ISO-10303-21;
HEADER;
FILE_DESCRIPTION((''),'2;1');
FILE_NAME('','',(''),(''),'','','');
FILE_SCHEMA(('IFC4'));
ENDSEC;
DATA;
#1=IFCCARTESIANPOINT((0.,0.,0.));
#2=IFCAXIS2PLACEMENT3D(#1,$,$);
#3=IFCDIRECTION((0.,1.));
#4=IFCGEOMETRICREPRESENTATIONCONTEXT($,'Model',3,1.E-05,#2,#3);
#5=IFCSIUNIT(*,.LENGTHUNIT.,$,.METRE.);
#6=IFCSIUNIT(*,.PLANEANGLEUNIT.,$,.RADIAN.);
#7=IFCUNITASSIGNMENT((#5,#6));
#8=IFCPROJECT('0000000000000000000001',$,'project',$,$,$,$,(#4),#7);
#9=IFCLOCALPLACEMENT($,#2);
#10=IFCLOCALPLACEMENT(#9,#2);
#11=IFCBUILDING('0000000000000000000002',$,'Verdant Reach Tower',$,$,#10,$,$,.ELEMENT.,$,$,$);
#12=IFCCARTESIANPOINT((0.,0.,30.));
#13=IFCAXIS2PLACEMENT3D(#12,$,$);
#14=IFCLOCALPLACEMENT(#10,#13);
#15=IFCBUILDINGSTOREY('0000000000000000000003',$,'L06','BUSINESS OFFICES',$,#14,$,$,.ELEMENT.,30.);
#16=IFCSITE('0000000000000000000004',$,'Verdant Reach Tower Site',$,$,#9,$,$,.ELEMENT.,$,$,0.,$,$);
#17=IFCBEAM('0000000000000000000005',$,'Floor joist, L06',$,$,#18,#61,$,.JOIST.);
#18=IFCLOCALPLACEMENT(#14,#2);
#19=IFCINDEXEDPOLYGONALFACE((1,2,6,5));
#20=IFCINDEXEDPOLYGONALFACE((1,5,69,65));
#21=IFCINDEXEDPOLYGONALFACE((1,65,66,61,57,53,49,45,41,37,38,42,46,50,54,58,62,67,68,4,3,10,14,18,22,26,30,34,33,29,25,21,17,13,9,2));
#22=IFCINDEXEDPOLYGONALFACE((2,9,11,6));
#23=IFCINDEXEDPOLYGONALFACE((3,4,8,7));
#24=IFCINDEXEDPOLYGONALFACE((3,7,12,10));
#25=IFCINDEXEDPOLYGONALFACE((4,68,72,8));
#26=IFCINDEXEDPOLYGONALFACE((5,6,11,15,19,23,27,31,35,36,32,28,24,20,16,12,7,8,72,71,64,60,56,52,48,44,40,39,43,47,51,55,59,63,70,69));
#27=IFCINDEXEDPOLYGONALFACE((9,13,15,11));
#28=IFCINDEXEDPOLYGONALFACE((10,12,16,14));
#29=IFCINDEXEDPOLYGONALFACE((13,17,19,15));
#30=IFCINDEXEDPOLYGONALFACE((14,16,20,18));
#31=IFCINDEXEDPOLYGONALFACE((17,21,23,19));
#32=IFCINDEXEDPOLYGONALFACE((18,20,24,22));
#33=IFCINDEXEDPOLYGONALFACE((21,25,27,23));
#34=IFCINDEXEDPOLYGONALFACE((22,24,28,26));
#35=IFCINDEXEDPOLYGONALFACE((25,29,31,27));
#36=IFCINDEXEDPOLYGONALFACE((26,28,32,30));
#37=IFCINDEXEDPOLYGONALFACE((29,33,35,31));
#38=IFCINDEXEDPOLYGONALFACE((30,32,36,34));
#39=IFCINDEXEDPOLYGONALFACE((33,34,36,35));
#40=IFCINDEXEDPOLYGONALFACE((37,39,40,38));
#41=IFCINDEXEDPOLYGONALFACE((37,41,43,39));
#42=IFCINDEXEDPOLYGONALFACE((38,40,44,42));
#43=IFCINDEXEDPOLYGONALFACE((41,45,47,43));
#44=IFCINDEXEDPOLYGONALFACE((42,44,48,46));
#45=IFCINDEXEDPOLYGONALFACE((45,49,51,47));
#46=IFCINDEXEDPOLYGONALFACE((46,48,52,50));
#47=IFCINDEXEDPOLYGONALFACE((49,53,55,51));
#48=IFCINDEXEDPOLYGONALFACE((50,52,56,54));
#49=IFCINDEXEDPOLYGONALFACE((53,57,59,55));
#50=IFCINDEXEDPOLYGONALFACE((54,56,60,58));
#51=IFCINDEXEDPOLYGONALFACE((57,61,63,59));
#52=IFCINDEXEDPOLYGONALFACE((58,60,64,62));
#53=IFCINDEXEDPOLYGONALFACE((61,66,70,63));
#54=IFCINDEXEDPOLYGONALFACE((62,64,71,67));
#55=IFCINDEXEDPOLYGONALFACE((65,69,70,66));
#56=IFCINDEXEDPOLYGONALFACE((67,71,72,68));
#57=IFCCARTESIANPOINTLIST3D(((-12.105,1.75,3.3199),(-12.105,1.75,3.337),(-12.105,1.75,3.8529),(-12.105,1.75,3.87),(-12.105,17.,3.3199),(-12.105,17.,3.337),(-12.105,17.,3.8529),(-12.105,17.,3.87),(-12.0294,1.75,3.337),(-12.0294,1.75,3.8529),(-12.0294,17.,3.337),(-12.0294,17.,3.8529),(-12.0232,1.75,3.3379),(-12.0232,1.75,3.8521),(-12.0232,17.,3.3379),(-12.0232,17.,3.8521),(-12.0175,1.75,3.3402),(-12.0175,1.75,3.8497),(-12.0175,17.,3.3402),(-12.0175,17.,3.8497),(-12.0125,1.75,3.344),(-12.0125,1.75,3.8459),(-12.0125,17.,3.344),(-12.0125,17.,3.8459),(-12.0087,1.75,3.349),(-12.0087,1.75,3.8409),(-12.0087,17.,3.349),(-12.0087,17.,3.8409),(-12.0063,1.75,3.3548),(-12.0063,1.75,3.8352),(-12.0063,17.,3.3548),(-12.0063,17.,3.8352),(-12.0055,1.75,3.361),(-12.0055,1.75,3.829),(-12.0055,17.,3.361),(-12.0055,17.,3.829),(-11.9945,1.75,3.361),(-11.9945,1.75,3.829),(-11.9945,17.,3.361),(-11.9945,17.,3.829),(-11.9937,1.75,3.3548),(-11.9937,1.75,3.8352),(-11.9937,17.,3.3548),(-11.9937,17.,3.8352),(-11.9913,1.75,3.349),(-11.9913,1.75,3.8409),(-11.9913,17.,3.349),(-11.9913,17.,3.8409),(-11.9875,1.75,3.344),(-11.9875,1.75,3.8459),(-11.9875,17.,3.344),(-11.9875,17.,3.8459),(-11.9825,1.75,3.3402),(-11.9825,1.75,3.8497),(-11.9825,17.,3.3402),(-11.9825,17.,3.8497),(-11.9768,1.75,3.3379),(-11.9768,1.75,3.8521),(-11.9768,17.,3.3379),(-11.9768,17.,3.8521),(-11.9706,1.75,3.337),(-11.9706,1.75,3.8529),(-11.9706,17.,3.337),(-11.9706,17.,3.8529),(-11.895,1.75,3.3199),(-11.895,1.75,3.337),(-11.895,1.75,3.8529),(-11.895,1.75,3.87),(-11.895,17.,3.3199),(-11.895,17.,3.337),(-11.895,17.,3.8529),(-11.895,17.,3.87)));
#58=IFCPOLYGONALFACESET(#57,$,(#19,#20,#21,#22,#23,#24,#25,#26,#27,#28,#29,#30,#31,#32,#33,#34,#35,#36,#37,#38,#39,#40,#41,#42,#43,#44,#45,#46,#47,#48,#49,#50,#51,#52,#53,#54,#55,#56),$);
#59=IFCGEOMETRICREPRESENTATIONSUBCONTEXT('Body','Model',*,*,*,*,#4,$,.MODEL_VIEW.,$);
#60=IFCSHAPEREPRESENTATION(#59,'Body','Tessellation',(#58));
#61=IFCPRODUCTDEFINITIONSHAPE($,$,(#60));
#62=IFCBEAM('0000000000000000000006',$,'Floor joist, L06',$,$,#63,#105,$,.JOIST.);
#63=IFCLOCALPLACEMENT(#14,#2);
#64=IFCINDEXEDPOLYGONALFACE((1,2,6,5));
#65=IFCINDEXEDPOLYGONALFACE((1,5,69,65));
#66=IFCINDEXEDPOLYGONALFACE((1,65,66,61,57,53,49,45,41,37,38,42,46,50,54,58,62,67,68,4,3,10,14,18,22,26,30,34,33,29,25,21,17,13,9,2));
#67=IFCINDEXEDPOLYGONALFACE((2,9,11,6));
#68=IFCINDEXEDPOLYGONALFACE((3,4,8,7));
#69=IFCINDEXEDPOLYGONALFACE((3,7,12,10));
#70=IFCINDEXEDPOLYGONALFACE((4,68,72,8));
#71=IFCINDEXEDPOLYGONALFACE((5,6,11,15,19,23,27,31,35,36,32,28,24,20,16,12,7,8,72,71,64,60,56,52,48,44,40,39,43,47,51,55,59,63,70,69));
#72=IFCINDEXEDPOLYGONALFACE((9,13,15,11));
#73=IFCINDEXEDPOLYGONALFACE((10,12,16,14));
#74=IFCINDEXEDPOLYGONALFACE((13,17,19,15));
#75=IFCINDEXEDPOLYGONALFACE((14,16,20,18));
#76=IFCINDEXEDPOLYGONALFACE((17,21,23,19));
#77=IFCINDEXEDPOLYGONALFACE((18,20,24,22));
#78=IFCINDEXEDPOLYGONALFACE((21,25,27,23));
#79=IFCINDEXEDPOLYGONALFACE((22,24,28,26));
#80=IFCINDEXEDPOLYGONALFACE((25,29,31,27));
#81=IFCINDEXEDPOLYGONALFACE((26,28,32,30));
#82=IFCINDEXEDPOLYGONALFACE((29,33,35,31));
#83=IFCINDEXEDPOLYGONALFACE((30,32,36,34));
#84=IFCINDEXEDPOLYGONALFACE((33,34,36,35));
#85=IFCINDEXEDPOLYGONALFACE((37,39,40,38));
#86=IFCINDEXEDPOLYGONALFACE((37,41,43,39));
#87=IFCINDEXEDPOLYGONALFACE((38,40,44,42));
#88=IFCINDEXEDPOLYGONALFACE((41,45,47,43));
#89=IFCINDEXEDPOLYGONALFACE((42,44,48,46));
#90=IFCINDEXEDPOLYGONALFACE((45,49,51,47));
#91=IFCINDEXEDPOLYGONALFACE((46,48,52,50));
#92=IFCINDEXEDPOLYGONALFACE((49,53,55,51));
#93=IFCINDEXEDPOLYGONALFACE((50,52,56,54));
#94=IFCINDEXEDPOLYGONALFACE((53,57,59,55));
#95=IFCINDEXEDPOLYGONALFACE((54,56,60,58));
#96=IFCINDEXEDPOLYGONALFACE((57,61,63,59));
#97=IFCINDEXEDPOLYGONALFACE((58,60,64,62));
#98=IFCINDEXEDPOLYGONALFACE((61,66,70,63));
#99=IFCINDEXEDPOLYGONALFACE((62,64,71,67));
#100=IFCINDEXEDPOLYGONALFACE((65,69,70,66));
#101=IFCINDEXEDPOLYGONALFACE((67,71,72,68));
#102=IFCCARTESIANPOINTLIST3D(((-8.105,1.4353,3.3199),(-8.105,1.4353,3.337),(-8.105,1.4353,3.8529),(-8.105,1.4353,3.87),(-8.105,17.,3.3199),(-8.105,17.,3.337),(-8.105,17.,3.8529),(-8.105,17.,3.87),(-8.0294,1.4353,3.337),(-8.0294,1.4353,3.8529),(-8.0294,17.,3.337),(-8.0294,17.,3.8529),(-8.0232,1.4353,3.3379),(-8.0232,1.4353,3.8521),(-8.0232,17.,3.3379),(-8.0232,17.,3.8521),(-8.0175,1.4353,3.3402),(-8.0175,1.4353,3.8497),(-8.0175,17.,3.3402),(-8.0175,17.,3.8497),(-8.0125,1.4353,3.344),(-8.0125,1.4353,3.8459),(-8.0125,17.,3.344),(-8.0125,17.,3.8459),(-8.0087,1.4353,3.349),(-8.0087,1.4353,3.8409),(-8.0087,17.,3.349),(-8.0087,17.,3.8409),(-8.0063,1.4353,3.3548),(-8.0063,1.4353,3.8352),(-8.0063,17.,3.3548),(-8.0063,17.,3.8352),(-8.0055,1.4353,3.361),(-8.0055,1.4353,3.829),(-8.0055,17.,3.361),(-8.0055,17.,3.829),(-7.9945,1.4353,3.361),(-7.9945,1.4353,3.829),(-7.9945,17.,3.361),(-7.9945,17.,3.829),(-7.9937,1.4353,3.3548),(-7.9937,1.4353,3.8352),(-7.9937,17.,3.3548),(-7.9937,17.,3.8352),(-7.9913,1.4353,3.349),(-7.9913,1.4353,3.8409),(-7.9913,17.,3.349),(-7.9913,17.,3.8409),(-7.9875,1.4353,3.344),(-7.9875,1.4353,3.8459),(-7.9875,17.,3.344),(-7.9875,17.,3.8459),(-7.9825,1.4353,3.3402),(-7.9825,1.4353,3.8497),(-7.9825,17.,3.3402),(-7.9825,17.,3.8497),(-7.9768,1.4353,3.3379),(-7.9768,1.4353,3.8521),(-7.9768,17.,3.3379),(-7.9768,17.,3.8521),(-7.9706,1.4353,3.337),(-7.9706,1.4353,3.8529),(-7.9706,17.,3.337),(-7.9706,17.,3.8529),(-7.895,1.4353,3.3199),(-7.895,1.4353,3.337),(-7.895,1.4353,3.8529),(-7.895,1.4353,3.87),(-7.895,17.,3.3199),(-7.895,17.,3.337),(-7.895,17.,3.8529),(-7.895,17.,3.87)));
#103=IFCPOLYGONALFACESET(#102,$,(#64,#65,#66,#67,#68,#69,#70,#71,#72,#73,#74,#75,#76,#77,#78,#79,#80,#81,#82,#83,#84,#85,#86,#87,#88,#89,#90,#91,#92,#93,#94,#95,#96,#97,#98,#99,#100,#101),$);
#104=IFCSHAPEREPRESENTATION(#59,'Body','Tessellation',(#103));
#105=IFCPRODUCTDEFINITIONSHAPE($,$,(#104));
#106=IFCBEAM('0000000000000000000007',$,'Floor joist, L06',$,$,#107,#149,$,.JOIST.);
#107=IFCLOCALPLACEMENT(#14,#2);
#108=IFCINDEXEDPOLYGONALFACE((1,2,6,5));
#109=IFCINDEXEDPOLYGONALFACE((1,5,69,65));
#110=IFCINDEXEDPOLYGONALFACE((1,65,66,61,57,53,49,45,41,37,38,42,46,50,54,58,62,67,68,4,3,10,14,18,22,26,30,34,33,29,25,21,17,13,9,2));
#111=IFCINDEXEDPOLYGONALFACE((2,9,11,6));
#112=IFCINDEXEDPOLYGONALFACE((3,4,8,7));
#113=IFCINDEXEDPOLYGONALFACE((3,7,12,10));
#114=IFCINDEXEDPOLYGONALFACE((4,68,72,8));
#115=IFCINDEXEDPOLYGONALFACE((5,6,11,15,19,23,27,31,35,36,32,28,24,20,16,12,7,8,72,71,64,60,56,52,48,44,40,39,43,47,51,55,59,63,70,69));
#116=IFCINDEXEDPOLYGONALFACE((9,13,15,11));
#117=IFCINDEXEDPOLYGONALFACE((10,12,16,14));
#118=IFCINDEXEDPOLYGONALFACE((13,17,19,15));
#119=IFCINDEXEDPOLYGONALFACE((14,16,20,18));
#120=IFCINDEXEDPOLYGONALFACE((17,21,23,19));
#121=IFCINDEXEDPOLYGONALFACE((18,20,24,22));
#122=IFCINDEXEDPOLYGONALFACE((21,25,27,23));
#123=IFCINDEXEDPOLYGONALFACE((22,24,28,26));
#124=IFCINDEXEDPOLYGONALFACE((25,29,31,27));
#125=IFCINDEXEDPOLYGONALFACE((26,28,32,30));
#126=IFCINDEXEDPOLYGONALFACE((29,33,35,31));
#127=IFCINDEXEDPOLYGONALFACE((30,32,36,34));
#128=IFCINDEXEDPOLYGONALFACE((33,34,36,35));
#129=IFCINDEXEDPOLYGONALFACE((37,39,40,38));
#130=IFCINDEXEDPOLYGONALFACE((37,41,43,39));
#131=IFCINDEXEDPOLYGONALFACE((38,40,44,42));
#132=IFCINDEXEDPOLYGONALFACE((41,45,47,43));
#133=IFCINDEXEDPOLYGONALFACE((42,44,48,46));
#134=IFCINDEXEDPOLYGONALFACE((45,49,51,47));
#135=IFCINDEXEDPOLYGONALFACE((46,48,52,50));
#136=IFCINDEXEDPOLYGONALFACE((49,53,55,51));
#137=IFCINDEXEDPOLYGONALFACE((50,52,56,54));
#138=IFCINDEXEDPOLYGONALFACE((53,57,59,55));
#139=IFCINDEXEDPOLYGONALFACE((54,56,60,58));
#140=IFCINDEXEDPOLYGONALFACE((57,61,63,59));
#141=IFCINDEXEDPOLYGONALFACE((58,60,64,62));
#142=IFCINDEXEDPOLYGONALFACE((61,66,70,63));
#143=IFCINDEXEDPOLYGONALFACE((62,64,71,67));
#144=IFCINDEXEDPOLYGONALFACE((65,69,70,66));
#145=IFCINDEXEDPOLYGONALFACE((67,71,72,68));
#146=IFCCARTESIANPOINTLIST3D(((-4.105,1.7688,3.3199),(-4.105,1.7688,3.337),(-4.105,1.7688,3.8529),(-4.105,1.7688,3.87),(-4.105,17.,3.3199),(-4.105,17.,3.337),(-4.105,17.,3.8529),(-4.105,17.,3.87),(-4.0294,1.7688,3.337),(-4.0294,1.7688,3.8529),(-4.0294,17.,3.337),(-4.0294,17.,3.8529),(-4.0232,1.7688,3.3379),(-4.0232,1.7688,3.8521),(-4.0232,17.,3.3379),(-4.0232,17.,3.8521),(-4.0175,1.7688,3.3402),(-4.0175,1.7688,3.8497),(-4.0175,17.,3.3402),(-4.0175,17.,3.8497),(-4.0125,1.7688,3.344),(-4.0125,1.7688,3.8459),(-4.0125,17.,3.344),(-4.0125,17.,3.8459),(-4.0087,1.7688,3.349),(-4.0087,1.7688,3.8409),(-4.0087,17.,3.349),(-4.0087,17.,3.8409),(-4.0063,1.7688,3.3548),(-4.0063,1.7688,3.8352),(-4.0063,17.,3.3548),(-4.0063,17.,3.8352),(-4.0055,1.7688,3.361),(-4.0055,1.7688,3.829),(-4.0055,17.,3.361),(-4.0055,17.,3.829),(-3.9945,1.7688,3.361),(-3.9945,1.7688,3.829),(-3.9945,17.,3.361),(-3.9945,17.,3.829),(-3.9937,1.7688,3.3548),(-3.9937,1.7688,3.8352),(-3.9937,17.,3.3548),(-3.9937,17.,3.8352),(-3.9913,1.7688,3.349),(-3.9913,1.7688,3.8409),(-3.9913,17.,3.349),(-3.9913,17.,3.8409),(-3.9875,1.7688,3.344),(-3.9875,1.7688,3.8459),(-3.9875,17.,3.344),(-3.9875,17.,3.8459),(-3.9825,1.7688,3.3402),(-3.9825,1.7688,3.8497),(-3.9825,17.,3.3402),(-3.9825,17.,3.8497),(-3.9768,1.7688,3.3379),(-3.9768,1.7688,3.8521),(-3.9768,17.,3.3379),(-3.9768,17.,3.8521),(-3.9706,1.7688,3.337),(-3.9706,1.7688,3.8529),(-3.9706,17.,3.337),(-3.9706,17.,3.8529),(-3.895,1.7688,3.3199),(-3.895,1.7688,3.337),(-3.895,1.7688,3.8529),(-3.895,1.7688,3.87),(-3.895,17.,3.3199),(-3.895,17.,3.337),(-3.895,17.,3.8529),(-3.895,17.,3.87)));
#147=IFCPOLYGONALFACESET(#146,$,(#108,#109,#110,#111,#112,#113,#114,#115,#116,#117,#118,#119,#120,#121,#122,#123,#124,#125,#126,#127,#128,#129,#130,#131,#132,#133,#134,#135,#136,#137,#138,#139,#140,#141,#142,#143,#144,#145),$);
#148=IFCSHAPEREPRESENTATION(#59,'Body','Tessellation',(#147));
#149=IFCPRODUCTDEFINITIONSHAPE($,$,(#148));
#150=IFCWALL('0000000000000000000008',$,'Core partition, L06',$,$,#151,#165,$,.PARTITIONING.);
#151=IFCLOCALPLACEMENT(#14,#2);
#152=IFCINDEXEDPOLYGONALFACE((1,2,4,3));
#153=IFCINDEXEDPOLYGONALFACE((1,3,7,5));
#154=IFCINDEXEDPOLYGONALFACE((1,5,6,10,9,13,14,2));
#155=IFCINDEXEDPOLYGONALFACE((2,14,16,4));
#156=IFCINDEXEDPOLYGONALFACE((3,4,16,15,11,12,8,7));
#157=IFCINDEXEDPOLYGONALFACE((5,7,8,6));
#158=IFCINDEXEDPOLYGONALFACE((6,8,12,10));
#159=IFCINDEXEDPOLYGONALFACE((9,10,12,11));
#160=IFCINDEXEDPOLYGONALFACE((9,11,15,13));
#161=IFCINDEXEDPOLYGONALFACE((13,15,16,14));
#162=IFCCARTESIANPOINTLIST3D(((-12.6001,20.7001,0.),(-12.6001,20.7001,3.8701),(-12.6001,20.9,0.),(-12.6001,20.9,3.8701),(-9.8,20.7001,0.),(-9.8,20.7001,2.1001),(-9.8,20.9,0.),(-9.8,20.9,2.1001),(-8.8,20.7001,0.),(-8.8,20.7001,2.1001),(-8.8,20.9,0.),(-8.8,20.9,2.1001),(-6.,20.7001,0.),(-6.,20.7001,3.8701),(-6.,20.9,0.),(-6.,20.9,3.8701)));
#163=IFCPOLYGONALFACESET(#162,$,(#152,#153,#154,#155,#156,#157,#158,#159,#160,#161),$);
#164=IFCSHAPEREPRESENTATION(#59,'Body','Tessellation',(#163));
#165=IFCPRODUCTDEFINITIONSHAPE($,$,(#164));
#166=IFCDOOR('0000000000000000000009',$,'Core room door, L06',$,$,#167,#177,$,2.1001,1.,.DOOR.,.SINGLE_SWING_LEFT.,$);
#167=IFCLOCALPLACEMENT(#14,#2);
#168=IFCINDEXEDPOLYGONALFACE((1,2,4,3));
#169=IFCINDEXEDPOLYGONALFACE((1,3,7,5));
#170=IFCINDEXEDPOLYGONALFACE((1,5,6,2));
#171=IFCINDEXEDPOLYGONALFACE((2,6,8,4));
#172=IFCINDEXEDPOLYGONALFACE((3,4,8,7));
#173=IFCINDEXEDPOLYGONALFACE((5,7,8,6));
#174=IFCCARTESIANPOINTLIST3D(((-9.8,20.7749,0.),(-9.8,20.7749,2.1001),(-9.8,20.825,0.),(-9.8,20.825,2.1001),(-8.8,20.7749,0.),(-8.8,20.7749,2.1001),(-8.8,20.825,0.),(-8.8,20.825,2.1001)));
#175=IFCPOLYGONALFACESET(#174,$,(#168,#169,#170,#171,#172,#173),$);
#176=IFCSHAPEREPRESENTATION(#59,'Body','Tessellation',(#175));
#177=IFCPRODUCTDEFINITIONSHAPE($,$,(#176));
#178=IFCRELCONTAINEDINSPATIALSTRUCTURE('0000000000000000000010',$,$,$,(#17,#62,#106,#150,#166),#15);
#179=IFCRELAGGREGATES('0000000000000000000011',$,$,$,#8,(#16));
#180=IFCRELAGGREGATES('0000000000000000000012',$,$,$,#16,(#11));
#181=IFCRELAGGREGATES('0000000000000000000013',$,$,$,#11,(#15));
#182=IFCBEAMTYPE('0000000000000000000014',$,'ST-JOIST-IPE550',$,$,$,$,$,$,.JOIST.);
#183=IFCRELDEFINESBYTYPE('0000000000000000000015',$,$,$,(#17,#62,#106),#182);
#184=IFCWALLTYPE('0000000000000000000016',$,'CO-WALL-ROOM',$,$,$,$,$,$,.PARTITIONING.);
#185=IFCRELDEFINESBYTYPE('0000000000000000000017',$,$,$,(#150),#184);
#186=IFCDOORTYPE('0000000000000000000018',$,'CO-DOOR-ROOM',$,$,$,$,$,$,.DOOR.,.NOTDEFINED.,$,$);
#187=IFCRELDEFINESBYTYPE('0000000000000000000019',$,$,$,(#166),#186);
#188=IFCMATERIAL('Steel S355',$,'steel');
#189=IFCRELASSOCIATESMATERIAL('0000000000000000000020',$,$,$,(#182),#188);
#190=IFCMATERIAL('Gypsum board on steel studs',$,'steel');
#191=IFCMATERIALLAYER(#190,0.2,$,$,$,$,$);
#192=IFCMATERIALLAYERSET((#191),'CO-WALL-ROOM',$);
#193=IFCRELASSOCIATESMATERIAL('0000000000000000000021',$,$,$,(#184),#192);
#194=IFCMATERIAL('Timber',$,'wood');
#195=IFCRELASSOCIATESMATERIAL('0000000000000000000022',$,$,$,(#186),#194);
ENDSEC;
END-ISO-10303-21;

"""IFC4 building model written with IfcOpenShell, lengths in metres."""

from ifc_helpers import new_model, si_unit, direction, frame, frame_2d, origin, origin_2d, place, context, subcontext, project, spatial, rectangle, i_section, extrude, material, layer, layer_set, material_profile, profile_set, type_object, element, fill, save


model = new_model("IFC4")

# Units and contexts
model_context = context("Model", 3, precision=1e-05, world=origin(), true_north=direction((0.0, 1.0)))
body_context = subcontext(model_context, "Body", "Model", "MODEL_VIEW")
ifc_project = project(units=[si_unit("LENGTHUNIT", "METRE"), si_unit("PLANEANGLEUNIT", "RADIAN")], contexts=[model_context])

# Site, building, storey
site_placement = place(None, origin())
site = spatial("IfcSite", under=ifc_project, at=site_placement, Name="Verdant Reach Tower Site", CompositionType="ELEMENT", RefElevation=0.0)
building_placement = place(site_placement, origin())
building = spatial("IfcBuilding", under=site, at=building_placement, Name="Verdant Reach Tower", CompositionType="ELEMENT")
storey_placement = place(building_placement, frame((0.0, 0.0, 30.0)))
storey = spatial("IfcBuildingStorey", under=building, at=storey_placement, Name="L06", Description="BUSINESS OFFICES", CompositionType="ELEMENT", Elevation=30.0)

# Beams
ifc_material_1 = material(Name="Steel S355", Category="steel")
ifc_material_profile_1 = material_profile(ifc_material_1, i_section(OverallWidth=0.21, OverallDepth=0.55, WebThickness=0.011, FlangeThickness=0.0171, FilletRadius=0.0239, at=origin_2d()), Name="IPE 550")
ifc_profile_set_1 = profile_set([ifc_material_profile_1], Name="Steel S355")
beam_type_1 = type_object("IfcBeamType", Name="ST-JOIST-IPE550", PredefinedType="JOIST", material=ifc_profile_set_1)
beam_1_placement = place(storey_placement, frame((-12.0, 17.0, 3.595), z_axis=(0.0, -1.0, 0.0), x_axis=(1.0, 0.0, 0.0)))
element("IfcBeam", 1, at=beam_1_placement, inside=storey, type_object=beam_type_1, Name="Floor joist, L06", PredefinedType="JOIST", context=body_context, shape_type="SweptSolid", body=[
    extrude(i_section(OverallWidth=0.21, OverallDepth=0.55, WebThickness=0.011, FlangeThickness=0.0171, FilletRadius=0.0239, at=origin_2d()), origin(), (0.0, 0.0, 1.0), 15.25),
])
beam_2_placement = place(storey_placement, frame((-8.0, 17.0, 3.595), z_axis=(0.0, -1.0, 0.0), x_axis=(1.0, 0.0, 0.0)))
element("IfcBeam", 2, at=beam_2_placement, inside=storey, type_object=beam_type_1, Name="Floor joist, L06", PredefinedType="JOIST", context=body_context, shape_type="SweptSolid", body=[
    extrude(i_section(OverallWidth=0.21, OverallDepth=0.55, WebThickness=0.011, FlangeThickness=0.0171, FilletRadius=0.0239, at=origin_2d()), origin(), (0.0, 0.0, 1.0), 15.5647),
])
beam_3_placement = place(storey_placement, frame((-4.0, 17.0, 3.595), z_axis=(0.0, -1.0, 0.0), x_axis=(1.0, 0.0, 0.0)))
element("IfcBeam", 3, at=beam_3_placement, inside=storey, type_object=beam_type_1, Name="Floor joist, L06", PredefinedType="JOIST", context=body_context, shape_type="SweptSolid", body=[
    extrude(i_section(OverallWidth=0.21, OverallDepth=0.55, WebThickness=0.011, FlangeThickness=0.0171, FilletRadius=0.0239, at=origin_2d()), origin(), (0.0, 0.0, 1.0), 15.2312),
])

# Wall, opening, door
ifc_material_2 = material(Name="Gypsum board on steel studs", Category="steel")
ifc_layer_1 = layer(ifc_material_2, 0.2)
ifc_layer_set_1 = layer_set([ifc_layer_1], Name="CO-WALL-ROOM")
wall_type_1 = type_object("IfcWallType", Name="CO-WALL-ROOM", PredefinedType="PARTITIONING", material=ifc_layer_set_1)
wall_1_placement = place(storey_placement, frame((-12.6001, 20.8, 0.0), z_axis=(0.0, 0.0, 1.0), x_axis=(1.0, 0.0, 0.0)))
wall_1 = element("IfcWall", 4, at=wall_1_placement, inside=storey, type_object=wall_type_1, Name="Core partition, L06", PredefinedType="PARTITIONING", context=body_context, shape_type="SweptSolid", body=[
    extrude(rectangle(XDim=6.6001, YDim=0.2, at=frame_2d((3.3, 0.0))), origin(), (0.0, 0.0, 1.0), 3.8701),
])
opening_1_placement = place(wall_1_placement, frame((2.8, 0.0, 0.0)))
opening_1 = element("IfcOpeningElement", 5, at=opening_1_placement, cuts=wall_1, PredefinedType="OPENING", context=body_context, shape_type="SweptSolid", body=[
    extrude(rectangle(XDim=1.0, YDim=2.1001, at=frame_2d((0.5, 1.05))), frame((0.0, 0.1099, 0.0), z_axis=(0.0, -1.0, 0.0), x_axis=(1.0, 0.0, 0.0)), (0.0, 0.0, 1.0), 0.22),
])
ifc_material_3 = material(Name="Timber", Category="wood")
door_type_1 = type_object("IfcDoorType", Name="CO-DOOR-ROOM", OperationType="NOTDEFINED", PredefinedType="DOOR", material=ifc_material_3)
door_1_placement = place(opening_1_placement, origin())
door_1 = element("IfcDoor", 6, at=door_1_placement, inside=storey, type_object=door_type_1, Name="Core room door, L06", OperationType="SINGLE_SWING_LEFT", OverallHeight=2.1001, OverallWidth=1.0, PredefinedType="DOOR", context=body_context, shape_type="SweptSolid", body=[
    extrude(rectangle(XDim=1.0, YDim=2.1001, at=frame_2d((0.5, 1.05))), frame((0.0, 0.0249, 0.0), z_axis=(0.0, -1.0, 0.0), x_axis=(1.0, 0.0, 0.0)), (0.0, 0.0, 1.0), 0.05),
])
fill(opening_1, door_1)

save(model, "model.ifc")
